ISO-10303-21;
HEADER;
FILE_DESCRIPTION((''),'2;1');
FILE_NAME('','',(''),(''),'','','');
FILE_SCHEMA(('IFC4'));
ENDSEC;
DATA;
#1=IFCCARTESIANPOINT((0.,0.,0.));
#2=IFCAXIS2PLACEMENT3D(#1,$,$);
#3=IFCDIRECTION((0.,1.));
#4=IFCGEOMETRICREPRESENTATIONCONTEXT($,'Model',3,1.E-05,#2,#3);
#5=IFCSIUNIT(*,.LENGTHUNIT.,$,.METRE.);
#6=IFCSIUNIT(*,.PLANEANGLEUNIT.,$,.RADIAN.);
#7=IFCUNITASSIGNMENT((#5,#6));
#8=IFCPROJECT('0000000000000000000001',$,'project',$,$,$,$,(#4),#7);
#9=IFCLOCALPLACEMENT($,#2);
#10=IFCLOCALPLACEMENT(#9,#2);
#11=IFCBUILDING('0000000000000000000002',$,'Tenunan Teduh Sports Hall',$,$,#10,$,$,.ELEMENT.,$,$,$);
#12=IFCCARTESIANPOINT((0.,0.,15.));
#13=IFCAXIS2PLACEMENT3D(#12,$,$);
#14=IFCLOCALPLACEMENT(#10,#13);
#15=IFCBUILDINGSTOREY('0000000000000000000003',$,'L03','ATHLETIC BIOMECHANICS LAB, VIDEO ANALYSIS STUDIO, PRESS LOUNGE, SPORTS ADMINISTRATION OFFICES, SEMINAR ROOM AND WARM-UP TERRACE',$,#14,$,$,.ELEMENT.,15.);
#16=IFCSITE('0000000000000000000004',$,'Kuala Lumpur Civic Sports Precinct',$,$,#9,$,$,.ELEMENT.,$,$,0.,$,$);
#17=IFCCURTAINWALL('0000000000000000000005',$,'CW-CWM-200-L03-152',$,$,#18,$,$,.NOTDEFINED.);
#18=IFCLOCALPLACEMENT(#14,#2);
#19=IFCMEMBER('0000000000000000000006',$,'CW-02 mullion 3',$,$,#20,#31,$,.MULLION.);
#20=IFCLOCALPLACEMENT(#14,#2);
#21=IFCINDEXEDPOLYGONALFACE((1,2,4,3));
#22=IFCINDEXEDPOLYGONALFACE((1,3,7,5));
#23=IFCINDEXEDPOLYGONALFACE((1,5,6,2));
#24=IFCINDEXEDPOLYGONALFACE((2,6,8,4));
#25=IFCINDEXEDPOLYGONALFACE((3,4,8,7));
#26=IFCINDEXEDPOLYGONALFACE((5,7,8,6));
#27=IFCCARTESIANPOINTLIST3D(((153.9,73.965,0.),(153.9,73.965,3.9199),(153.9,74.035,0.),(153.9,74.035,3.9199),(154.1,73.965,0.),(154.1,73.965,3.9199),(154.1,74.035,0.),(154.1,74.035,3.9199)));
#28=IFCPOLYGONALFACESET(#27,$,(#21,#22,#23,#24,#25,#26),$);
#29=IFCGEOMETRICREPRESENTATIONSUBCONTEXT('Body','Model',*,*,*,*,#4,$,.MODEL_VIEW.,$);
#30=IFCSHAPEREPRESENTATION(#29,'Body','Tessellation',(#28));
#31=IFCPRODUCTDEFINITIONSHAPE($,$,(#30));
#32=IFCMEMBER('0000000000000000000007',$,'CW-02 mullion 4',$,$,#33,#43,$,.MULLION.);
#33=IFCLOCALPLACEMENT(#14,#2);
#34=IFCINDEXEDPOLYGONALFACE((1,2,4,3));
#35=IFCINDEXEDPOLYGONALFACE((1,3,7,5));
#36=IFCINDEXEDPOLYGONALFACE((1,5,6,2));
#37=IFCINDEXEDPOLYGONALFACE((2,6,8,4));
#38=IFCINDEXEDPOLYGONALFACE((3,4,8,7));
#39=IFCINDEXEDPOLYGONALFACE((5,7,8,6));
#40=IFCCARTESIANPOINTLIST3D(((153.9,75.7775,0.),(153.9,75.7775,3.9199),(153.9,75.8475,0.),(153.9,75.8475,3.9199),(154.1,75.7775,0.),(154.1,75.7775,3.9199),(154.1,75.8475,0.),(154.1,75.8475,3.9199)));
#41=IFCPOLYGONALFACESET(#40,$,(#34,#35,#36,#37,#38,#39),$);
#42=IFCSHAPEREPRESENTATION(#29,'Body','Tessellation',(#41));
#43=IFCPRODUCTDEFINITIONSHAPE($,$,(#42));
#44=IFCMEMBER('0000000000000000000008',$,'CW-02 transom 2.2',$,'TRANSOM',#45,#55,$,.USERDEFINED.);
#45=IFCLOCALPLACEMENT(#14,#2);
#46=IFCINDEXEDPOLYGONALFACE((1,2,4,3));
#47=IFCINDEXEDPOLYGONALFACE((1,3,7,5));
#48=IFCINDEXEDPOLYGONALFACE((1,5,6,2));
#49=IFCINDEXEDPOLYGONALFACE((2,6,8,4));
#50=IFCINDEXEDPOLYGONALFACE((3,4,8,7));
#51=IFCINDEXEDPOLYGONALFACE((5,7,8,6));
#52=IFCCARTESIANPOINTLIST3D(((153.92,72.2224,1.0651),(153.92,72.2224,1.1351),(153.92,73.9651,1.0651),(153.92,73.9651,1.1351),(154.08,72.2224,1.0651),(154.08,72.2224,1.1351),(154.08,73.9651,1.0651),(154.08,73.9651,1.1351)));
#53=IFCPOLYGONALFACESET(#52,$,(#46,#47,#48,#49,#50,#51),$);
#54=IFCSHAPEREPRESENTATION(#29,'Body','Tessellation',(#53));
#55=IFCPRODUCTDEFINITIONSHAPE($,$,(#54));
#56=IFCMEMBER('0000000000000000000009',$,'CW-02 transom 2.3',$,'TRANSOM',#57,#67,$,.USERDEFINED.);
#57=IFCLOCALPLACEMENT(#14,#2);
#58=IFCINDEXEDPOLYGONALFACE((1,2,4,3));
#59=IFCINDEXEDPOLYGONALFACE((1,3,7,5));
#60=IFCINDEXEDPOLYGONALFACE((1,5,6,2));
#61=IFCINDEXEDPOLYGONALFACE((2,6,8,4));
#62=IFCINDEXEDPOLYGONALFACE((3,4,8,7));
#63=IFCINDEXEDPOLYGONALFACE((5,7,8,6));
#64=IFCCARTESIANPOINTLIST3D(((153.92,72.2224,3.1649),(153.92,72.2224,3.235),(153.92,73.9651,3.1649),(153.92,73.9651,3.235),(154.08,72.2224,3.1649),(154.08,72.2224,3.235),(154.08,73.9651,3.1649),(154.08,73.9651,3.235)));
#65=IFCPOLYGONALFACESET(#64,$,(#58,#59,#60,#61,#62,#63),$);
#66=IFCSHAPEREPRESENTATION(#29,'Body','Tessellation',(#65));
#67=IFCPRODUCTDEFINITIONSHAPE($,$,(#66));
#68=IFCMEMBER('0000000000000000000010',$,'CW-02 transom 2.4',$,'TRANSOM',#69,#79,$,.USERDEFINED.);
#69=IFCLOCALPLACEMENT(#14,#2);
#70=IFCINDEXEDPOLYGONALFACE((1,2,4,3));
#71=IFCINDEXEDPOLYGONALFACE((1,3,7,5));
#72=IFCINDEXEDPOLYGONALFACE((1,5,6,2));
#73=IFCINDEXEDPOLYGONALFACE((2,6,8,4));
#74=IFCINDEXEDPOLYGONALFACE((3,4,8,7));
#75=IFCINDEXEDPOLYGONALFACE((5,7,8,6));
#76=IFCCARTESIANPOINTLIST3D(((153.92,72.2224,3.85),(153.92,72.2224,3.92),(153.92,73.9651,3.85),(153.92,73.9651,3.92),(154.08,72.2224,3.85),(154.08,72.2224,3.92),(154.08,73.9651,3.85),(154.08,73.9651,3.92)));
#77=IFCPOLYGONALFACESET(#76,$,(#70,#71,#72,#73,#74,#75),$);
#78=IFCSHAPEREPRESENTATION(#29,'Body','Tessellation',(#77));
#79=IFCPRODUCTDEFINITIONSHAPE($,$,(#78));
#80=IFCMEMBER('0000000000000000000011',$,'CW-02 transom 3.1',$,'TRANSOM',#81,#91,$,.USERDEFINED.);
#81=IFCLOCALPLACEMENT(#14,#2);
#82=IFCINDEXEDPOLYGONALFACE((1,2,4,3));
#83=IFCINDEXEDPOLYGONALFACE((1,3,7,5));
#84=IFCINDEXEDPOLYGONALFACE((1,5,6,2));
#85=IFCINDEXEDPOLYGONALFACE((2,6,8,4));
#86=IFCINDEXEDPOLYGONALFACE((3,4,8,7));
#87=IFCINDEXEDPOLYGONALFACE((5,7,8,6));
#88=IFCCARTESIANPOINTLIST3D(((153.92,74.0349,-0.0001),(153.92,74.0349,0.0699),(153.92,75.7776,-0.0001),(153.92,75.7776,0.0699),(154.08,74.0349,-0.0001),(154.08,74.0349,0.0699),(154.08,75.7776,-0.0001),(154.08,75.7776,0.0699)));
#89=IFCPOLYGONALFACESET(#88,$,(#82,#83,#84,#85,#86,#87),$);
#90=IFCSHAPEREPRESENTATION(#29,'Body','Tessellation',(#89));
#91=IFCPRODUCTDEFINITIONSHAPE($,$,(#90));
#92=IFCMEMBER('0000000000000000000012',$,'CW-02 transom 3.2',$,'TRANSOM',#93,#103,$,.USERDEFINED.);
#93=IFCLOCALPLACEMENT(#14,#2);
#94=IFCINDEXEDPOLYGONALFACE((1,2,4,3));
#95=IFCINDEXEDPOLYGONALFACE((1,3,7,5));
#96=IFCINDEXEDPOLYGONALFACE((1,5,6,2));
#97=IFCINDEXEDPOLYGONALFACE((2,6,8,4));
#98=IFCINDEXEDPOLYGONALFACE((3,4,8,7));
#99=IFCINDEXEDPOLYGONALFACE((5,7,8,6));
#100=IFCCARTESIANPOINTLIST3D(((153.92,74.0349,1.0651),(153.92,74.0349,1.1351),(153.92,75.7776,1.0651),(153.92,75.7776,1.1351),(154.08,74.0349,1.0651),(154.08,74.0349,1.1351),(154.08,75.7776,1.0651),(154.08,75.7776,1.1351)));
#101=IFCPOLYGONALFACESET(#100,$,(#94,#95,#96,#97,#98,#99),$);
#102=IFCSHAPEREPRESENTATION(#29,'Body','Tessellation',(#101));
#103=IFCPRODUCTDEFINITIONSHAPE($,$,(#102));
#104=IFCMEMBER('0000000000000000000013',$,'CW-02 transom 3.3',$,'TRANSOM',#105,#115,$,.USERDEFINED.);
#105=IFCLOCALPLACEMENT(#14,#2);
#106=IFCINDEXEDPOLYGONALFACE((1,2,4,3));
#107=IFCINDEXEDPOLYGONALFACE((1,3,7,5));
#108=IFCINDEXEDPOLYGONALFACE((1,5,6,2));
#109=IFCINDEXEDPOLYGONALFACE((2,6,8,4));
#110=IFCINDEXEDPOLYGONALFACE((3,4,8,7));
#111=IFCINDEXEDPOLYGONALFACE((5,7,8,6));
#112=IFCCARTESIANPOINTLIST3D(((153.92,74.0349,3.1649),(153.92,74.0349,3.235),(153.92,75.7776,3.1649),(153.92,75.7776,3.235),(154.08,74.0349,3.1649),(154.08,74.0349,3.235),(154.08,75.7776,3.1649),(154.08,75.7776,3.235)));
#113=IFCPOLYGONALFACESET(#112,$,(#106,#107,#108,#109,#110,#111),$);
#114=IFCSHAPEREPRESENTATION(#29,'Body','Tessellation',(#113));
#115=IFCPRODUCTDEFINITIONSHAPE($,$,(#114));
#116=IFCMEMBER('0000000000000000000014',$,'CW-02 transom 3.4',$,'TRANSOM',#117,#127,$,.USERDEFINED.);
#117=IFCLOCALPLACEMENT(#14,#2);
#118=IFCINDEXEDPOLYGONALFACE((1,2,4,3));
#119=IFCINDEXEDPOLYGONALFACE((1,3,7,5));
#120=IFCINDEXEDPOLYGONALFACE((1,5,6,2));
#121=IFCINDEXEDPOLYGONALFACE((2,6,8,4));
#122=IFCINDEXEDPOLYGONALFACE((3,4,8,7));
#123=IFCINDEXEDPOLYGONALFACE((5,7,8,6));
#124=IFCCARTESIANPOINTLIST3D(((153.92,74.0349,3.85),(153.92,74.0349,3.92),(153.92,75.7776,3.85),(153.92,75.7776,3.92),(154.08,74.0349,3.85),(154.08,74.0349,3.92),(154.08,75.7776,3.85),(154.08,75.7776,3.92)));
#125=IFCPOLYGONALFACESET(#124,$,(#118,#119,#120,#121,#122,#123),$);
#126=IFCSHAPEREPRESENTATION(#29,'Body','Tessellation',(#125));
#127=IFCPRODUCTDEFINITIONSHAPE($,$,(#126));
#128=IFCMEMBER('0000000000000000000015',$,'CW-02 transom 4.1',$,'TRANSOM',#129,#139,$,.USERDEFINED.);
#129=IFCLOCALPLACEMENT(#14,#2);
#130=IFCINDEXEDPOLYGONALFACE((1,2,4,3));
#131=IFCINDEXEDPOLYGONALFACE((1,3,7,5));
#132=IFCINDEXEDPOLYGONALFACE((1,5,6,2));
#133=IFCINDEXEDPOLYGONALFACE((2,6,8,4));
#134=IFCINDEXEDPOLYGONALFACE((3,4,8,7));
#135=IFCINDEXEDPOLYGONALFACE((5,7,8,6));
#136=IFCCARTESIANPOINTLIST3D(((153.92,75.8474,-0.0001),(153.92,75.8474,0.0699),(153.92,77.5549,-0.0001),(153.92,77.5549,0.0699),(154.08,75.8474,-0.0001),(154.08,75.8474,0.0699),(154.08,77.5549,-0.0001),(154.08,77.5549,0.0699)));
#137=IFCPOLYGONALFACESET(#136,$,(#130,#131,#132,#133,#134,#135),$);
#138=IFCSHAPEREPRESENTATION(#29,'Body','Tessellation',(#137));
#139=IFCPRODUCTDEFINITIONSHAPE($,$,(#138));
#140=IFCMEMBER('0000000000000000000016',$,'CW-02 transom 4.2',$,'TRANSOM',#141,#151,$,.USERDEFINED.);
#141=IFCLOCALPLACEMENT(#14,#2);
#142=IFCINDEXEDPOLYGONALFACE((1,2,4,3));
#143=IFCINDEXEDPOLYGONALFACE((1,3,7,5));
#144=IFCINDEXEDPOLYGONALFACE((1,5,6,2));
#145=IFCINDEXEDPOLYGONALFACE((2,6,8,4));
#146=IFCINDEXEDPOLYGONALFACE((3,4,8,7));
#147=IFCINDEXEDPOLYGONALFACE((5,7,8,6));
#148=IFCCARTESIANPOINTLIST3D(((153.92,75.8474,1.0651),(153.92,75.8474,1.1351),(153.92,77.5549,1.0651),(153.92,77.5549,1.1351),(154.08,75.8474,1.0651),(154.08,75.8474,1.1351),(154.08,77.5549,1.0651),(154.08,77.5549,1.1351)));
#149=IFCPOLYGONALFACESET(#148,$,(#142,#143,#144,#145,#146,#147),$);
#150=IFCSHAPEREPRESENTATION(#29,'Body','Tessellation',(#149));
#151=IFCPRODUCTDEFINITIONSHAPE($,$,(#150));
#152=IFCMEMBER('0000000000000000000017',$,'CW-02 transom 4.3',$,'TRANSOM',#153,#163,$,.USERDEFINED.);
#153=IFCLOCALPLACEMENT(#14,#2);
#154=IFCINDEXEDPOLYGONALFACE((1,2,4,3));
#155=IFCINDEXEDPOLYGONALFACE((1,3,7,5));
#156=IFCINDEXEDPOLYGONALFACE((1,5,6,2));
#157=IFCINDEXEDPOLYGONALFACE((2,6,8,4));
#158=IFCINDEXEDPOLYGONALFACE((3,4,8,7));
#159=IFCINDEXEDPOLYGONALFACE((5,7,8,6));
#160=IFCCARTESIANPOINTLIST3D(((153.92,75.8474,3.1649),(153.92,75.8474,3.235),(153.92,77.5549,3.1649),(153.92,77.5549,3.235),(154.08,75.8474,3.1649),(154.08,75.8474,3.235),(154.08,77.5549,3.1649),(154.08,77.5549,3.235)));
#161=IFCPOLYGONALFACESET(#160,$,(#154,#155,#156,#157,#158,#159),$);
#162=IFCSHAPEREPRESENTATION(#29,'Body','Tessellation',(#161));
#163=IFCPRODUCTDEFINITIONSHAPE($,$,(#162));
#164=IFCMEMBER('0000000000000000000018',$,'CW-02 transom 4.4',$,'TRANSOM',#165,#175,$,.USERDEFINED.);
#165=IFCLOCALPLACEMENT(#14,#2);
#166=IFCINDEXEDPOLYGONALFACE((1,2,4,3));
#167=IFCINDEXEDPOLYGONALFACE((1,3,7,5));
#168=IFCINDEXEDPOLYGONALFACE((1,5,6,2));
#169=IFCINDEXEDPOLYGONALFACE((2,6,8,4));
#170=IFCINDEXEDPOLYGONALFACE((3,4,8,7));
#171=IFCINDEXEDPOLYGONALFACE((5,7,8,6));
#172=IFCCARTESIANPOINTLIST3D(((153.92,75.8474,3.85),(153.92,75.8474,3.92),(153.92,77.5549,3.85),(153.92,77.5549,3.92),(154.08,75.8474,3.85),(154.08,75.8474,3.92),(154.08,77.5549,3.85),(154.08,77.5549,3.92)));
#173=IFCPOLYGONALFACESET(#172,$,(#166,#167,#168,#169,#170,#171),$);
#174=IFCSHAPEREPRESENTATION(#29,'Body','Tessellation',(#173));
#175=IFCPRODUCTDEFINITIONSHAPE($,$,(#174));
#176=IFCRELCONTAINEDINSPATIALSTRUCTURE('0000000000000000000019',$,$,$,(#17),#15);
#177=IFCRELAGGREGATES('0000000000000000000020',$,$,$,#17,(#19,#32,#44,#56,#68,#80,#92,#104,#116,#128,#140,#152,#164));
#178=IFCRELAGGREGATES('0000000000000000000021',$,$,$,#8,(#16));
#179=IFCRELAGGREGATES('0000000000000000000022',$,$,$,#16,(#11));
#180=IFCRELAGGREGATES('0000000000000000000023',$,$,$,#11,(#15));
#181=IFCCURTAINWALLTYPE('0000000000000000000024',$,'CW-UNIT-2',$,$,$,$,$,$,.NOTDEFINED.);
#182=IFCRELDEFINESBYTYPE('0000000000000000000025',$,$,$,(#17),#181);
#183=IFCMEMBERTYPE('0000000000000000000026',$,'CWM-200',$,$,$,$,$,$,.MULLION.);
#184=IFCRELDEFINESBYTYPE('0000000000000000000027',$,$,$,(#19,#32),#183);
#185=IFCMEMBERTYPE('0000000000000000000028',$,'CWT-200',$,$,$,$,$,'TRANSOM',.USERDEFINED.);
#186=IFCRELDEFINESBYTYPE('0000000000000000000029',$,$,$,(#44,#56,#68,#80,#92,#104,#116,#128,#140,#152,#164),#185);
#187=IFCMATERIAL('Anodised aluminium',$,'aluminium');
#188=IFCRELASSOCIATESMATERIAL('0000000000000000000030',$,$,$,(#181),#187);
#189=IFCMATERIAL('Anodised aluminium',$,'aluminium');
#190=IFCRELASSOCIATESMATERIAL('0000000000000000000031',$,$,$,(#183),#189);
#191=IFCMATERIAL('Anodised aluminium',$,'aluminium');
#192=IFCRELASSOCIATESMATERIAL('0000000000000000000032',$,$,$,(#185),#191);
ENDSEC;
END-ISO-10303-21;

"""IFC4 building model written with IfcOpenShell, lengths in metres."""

from ifc_helpers import new_model, si_unit, direction, frame, origin, origin_2d, place, context, subcontext, project, spatial, rectangle, extrude, material, material_profile, profile_set, type_object, element, aggregate, save


model = new_model("IFC4")

# Units and contexts
model_context = context("Model", 3, precision=1e-05, world=origin(), true_north=direction((0.0, 1.0)))
body_context = subcontext(model_context, "Body", "Model", "MODEL_VIEW")
ifc_project = project(units=[si_unit("LENGTHUNIT", "METRE"), si_unit("PLANEANGLEUNIT", "RADIAN")], contexts=[model_context])

# Site, building, storey
site_placement = place(None, origin())
site = spatial("IfcSite", under=ifc_project, at=site_placement, Name="Kuala Lumpur Civic Sports Precinct", CompositionType="ELEMENT", RefElevation=0.0)
building_placement = place(site_placement, origin())
building = spatial("IfcBuilding", under=site, at=building_placement, Name="Tenunan Teduh Sports Hall", CompositionType="ELEMENT")
storey_placement = place(building_placement, frame((0.0, 0.0, 15.0)))
storey = spatial("IfcBuildingStorey", under=building, at=storey_placement, Name="L03", Description="ATHLETIC BIOMECHANICS LAB, VIDEO ANALYSIS STUDIO, PRESS LOUNGE, SPORTS ADMINISTRATION OFFICES, SEMINAR ROOM AND WARM-UP TERRACE", CompositionType="ELEMENT", Elevation=15.0)

# Curtain wall, members
ifc_material_1 = material(Name="Anodised aluminium", Category="aluminium")
curtain_wall_type = type_object("IfcCurtainWallType", Name="CW-UNIT-2", PredefinedType="NOTDEFINED", material=ifc_material_1)
curtain_wall_placement = place(storey_placement, origin())
curtain_wall = element("IfcCurtainWall", 1, at=curtain_wall_placement, inside=storey, type_object=curtain_wall_type, Name="CW-CWM-200-L03-152", PredefinedType="NOTDEFINED")
ifc_material_2 = material(Name="Anodised aluminium", Category="aluminium")
ifc_material_profile_1 = material_profile(ifc_material_2, rectangle(XDim=0.0701, YDim=0.2, at=origin_2d()), Name="CWM 70x200")
ifc_profile_set_1 = profile_set([ifc_material_profile_1], Name="Anodised aluminium")
member_type_1 = type_object("IfcMemberType", Name="CWM-200", PredefinedType="MULLION", material=ifc_profile_set_1)
member_1_placement = place(storey_placement, frame((154.0, 74.0, 0.0), z_axis=(0.0, 0.0, 1.0), x_axis=(0.0, 1.0, 0.0)))
member_1 = element("IfcMember", 2, at=member_1_placement, type_object=member_type_1, Name="CW-02 mullion 3", PredefinedType="MULLION", context=body_context, shape_type="SweptSolid", body=[
    extrude(rectangle(XDim=0.0701, YDim=0.2, at=origin_2d()), origin(), (0.0, 0.0, 1.0), 3.9199),
])
member_2_placement = place(storey_placement, frame((154.0, 75.8125, 0.0), z_axis=(0.0, 0.0, 1.0), x_axis=(0.0, 1.0, 0.0)))
member_2 = element("IfcMember", 3, at=member_2_placement, type_object=member_type_1, Name="CW-02 mullion 4", PredefinedType="MULLION", context=body_context, shape_type="SweptSolid", body=[
    extrude(rectangle(XDim=0.0701, YDim=0.2, at=origin_2d()), origin(), (0.0, 0.0, 1.0), 3.9199),
])
ifc_material_3 = material(Name="Anodised aluminium", Category="aluminium")
ifc_material_profile_2 = material_profile(ifc_material_3, rectangle(XDim=0.0701, YDim=0.1599, at=origin_2d()), Name="CWT 70x160")
ifc_profile_set_2 = profile_set([ifc_material_profile_2], Name="Anodised aluminium")
member_type_2 = type_object("IfcMemberType", Name="CWT-200", ElementType="TRANSOM", PredefinedType="USERDEFINED", material=ifc_profile_set_2)
member_3_placement = place(storey_placement, frame((154.0, 72.2224, 1.1001), z_axis=(0.0, 1.0, 0.0), x_axis=(0.0, 0.0, 1.0)))
member_3 = element("IfcMember", 4, at=member_3_placement, type_object=member_type_2, Name="CW-02 transom 2.2", ObjectType="TRANSOM", PredefinedType="USERDEFINED", context=body_context, shape_type="SweptSolid", body=[
    extrude(rectangle(XDim=0.0701, YDim=0.1599, at=origin_2d()), origin(), (0.0, 0.0, 1.0), 1.7427),
])
member_4_placement = place(storey_placement, frame((154.0, 72.2224, 3.2), z_axis=(0.0, 1.0, 0.0), x_axis=(0.0, 0.0, 1.0)))
member_4 = element("IfcMember", 5, at=member_4_placement, type_object=member_type_2, Name="CW-02 transom 2.3", ObjectType="TRANSOM", PredefinedType="USERDEFINED", context=body_context, shape_type="SweptSolid", body=[
    extrude(rectangle(XDim=0.0701, YDim=0.1599, at=origin_2d()), origin(), (0.0, 0.0, 1.0), 1.7427),
])
member_5_placement = place(storey_placement, frame((154.0, 72.2224, 3.885), z_axis=(0.0, 1.0, 0.0), x_axis=(0.0, 0.0, 1.0)))
member_5 = element("IfcMember", 6, at=member_5_placement, type_object=member_type_2, Name="CW-02 transom 2.4", ObjectType="TRANSOM", PredefinedType="USERDEFINED", context=body_context, shape_type="SweptSolid", body=[
    extrude(rectangle(XDim=0.0701, YDim=0.1599, at=origin_2d()), origin(), (0.0, 0.0, 1.0), 1.7427),
])
member_6_placement = place(storey_placement, frame((154.0, 74.0349, 0.0349), z_axis=(0.0, 1.0, 0.0), x_axis=(0.0, 0.0, 1.0)))
member_6 = element("IfcMember", 7, at=member_6_placement, type_object=member_type_2, Name="CW-02 transom 3.1", ObjectType="TRANSOM", PredefinedType="USERDEFINED", context=body_context, shape_type="SweptSolid", body=[
    extrude(rectangle(XDim=0.0701, YDim=0.1599, at=origin_2d()), origin(), (0.0, 0.0, 1.0), 1.7427),
])
member_7_placement = place(storey_placement, frame((154.0, 74.0349, 1.1001), z_axis=(0.0, 1.0, 0.0), x_axis=(0.0, 0.0, 1.0)))
member_7 = element("IfcMember", 8, at=member_7_placement, type_object=member_type_2, Name="CW-02 transom 3.2", ObjectType="TRANSOM", PredefinedType="USERDEFINED", context=body_context, shape_type="SweptSolid", body=[
    extrude(rectangle(XDim=0.0701, YDim=0.1599, at=origin_2d()), origin(), (0.0, 0.0, 1.0), 1.7427),
])
member_8_placement = place(storey_placement, frame((154.0, 74.0349, 3.2), z_axis=(0.0, 1.0, 0.0), x_axis=(0.0, 0.0, 1.0)))
member_8 = element("IfcMember", 9, at=member_8_placement, type_object=member_type_2, Name="CW-02 transom 3.3", ObjectType="TRANSOM", PredefinedType="USERDEFINED", context=body_context, shape_type="SweptSolid", body=[
    extrude(rectangle(XDim=0.0701, YDim=0.1599, at=origin_2d()), origin(), (0.0, 0.0, 1.0), 1.7427),
])
member_9_placement = place(storey_placement, frame((154.0, 74.0349, 3.885), z_axis=(0.0, 1.0, 0.0), x_axis=(0.0, 0.0, 1.0)))
member_9 = element("IfcMember", 10, at=member_9_placement, type_object=member_type_2, Name="CW-02 transom 3.4", ObjectType="TRANSOM", PredefinedType="USERDEFINED", context=body_context, shape_type="SweptSolid", body=[
    extrude(rectangle(XDim=0.0701, YDim=0.1599, at=origin_2d()), origin(), (0.0, 0.0, 1.0), 1.7427),
])
member_10_placement = place(storey_placement, frame((154.0, 75.8474, 0.0349), z_axis=(0.0, 1.0, 0.0), x_axis=(0.0, 0.0, 1.0)))
member_10 = element("IfcMember", 11, at=member_10_placement, type_object=member_type_2, Name="CW-02 transom 4.1", ObjectType="TRANSOM", PredefinedType="USERDEFINED", context=body_context, shape_type="SweptSolid", body=[
    extrude(rectangle(XDim=0.0701, YDim=0.1599, at=origin_2d()), origin(), (0.0, 0.0, 1.0), 1.7075),
])
member_11_placement = place(storey_placement, frame((154.0, 75.8474, 1.1001), z_axis=(0.0, 1.0, 0.0), x_axis=(0.0, 0.0, 1.0)))
member_11 = element("IfcMember", 12, at=member_11_placement, type_object=member_type_2, Name="CW-02 transom 4.2", ObjectType="TRANSOM", PredefinedType="USERDEFINED", context=body_context, shape_type="SweptSolid", body=[
    extrude(rectangle(XDim=0.0701, YDim=0.1599, at=origin_2d()), origin(), (0.0, 0.0, 1.0), 1.7075),
])
member_12_placement = place(storey_placement, frame((154.0, 75.8474, 3.2), z_axis=(0.0, 1.0, 0.0), x_axis=(0.0, 0.0, 1.0)))
member_12 = element("IfcMember", 13, at=member_12_placement, type_object=member_type_2, Name="CW-02 transom 4.3", ObjectType="TRANSOM", PredefinedType="USERDEFINED", context=body_context, shape_type="SweptSolid", body=[
    extrude(rectangle(XDim=0.0701, YDim=0.1599, at=origin_2d()), origin(), (0.0, 0.0, 1.0), 1.7075),
])
member_13_placement = place(storey_placement, frame((154.0, 75.8474, 3.885), z_axis=(0.0, 1.0, 0.0), x_axis=(0.0, 0.0, 1.0)))
member_13 = element("IfcMember", 14, at=member_13_placement, type_object=member_type_2, Name="CW-02 transom 4.4", ObjectType="TRANSOM", PredefinedType="USERDEFINED", context=body_context, shape_type="SweptSolid", body=[
    extrude(rectangle(XDim=0.0701, YDim=0.1599, at=origin_2d()), origin(), (0.0, 0.0, 1.0), 1.7075),
])

aggregate(curtain_wall, [member_1, member_2, member_3, member_4, member_5, member_6, member_7, member_8, member_9, member_10, member_11, member_12, member_13])

save(model, "model.ifc")
